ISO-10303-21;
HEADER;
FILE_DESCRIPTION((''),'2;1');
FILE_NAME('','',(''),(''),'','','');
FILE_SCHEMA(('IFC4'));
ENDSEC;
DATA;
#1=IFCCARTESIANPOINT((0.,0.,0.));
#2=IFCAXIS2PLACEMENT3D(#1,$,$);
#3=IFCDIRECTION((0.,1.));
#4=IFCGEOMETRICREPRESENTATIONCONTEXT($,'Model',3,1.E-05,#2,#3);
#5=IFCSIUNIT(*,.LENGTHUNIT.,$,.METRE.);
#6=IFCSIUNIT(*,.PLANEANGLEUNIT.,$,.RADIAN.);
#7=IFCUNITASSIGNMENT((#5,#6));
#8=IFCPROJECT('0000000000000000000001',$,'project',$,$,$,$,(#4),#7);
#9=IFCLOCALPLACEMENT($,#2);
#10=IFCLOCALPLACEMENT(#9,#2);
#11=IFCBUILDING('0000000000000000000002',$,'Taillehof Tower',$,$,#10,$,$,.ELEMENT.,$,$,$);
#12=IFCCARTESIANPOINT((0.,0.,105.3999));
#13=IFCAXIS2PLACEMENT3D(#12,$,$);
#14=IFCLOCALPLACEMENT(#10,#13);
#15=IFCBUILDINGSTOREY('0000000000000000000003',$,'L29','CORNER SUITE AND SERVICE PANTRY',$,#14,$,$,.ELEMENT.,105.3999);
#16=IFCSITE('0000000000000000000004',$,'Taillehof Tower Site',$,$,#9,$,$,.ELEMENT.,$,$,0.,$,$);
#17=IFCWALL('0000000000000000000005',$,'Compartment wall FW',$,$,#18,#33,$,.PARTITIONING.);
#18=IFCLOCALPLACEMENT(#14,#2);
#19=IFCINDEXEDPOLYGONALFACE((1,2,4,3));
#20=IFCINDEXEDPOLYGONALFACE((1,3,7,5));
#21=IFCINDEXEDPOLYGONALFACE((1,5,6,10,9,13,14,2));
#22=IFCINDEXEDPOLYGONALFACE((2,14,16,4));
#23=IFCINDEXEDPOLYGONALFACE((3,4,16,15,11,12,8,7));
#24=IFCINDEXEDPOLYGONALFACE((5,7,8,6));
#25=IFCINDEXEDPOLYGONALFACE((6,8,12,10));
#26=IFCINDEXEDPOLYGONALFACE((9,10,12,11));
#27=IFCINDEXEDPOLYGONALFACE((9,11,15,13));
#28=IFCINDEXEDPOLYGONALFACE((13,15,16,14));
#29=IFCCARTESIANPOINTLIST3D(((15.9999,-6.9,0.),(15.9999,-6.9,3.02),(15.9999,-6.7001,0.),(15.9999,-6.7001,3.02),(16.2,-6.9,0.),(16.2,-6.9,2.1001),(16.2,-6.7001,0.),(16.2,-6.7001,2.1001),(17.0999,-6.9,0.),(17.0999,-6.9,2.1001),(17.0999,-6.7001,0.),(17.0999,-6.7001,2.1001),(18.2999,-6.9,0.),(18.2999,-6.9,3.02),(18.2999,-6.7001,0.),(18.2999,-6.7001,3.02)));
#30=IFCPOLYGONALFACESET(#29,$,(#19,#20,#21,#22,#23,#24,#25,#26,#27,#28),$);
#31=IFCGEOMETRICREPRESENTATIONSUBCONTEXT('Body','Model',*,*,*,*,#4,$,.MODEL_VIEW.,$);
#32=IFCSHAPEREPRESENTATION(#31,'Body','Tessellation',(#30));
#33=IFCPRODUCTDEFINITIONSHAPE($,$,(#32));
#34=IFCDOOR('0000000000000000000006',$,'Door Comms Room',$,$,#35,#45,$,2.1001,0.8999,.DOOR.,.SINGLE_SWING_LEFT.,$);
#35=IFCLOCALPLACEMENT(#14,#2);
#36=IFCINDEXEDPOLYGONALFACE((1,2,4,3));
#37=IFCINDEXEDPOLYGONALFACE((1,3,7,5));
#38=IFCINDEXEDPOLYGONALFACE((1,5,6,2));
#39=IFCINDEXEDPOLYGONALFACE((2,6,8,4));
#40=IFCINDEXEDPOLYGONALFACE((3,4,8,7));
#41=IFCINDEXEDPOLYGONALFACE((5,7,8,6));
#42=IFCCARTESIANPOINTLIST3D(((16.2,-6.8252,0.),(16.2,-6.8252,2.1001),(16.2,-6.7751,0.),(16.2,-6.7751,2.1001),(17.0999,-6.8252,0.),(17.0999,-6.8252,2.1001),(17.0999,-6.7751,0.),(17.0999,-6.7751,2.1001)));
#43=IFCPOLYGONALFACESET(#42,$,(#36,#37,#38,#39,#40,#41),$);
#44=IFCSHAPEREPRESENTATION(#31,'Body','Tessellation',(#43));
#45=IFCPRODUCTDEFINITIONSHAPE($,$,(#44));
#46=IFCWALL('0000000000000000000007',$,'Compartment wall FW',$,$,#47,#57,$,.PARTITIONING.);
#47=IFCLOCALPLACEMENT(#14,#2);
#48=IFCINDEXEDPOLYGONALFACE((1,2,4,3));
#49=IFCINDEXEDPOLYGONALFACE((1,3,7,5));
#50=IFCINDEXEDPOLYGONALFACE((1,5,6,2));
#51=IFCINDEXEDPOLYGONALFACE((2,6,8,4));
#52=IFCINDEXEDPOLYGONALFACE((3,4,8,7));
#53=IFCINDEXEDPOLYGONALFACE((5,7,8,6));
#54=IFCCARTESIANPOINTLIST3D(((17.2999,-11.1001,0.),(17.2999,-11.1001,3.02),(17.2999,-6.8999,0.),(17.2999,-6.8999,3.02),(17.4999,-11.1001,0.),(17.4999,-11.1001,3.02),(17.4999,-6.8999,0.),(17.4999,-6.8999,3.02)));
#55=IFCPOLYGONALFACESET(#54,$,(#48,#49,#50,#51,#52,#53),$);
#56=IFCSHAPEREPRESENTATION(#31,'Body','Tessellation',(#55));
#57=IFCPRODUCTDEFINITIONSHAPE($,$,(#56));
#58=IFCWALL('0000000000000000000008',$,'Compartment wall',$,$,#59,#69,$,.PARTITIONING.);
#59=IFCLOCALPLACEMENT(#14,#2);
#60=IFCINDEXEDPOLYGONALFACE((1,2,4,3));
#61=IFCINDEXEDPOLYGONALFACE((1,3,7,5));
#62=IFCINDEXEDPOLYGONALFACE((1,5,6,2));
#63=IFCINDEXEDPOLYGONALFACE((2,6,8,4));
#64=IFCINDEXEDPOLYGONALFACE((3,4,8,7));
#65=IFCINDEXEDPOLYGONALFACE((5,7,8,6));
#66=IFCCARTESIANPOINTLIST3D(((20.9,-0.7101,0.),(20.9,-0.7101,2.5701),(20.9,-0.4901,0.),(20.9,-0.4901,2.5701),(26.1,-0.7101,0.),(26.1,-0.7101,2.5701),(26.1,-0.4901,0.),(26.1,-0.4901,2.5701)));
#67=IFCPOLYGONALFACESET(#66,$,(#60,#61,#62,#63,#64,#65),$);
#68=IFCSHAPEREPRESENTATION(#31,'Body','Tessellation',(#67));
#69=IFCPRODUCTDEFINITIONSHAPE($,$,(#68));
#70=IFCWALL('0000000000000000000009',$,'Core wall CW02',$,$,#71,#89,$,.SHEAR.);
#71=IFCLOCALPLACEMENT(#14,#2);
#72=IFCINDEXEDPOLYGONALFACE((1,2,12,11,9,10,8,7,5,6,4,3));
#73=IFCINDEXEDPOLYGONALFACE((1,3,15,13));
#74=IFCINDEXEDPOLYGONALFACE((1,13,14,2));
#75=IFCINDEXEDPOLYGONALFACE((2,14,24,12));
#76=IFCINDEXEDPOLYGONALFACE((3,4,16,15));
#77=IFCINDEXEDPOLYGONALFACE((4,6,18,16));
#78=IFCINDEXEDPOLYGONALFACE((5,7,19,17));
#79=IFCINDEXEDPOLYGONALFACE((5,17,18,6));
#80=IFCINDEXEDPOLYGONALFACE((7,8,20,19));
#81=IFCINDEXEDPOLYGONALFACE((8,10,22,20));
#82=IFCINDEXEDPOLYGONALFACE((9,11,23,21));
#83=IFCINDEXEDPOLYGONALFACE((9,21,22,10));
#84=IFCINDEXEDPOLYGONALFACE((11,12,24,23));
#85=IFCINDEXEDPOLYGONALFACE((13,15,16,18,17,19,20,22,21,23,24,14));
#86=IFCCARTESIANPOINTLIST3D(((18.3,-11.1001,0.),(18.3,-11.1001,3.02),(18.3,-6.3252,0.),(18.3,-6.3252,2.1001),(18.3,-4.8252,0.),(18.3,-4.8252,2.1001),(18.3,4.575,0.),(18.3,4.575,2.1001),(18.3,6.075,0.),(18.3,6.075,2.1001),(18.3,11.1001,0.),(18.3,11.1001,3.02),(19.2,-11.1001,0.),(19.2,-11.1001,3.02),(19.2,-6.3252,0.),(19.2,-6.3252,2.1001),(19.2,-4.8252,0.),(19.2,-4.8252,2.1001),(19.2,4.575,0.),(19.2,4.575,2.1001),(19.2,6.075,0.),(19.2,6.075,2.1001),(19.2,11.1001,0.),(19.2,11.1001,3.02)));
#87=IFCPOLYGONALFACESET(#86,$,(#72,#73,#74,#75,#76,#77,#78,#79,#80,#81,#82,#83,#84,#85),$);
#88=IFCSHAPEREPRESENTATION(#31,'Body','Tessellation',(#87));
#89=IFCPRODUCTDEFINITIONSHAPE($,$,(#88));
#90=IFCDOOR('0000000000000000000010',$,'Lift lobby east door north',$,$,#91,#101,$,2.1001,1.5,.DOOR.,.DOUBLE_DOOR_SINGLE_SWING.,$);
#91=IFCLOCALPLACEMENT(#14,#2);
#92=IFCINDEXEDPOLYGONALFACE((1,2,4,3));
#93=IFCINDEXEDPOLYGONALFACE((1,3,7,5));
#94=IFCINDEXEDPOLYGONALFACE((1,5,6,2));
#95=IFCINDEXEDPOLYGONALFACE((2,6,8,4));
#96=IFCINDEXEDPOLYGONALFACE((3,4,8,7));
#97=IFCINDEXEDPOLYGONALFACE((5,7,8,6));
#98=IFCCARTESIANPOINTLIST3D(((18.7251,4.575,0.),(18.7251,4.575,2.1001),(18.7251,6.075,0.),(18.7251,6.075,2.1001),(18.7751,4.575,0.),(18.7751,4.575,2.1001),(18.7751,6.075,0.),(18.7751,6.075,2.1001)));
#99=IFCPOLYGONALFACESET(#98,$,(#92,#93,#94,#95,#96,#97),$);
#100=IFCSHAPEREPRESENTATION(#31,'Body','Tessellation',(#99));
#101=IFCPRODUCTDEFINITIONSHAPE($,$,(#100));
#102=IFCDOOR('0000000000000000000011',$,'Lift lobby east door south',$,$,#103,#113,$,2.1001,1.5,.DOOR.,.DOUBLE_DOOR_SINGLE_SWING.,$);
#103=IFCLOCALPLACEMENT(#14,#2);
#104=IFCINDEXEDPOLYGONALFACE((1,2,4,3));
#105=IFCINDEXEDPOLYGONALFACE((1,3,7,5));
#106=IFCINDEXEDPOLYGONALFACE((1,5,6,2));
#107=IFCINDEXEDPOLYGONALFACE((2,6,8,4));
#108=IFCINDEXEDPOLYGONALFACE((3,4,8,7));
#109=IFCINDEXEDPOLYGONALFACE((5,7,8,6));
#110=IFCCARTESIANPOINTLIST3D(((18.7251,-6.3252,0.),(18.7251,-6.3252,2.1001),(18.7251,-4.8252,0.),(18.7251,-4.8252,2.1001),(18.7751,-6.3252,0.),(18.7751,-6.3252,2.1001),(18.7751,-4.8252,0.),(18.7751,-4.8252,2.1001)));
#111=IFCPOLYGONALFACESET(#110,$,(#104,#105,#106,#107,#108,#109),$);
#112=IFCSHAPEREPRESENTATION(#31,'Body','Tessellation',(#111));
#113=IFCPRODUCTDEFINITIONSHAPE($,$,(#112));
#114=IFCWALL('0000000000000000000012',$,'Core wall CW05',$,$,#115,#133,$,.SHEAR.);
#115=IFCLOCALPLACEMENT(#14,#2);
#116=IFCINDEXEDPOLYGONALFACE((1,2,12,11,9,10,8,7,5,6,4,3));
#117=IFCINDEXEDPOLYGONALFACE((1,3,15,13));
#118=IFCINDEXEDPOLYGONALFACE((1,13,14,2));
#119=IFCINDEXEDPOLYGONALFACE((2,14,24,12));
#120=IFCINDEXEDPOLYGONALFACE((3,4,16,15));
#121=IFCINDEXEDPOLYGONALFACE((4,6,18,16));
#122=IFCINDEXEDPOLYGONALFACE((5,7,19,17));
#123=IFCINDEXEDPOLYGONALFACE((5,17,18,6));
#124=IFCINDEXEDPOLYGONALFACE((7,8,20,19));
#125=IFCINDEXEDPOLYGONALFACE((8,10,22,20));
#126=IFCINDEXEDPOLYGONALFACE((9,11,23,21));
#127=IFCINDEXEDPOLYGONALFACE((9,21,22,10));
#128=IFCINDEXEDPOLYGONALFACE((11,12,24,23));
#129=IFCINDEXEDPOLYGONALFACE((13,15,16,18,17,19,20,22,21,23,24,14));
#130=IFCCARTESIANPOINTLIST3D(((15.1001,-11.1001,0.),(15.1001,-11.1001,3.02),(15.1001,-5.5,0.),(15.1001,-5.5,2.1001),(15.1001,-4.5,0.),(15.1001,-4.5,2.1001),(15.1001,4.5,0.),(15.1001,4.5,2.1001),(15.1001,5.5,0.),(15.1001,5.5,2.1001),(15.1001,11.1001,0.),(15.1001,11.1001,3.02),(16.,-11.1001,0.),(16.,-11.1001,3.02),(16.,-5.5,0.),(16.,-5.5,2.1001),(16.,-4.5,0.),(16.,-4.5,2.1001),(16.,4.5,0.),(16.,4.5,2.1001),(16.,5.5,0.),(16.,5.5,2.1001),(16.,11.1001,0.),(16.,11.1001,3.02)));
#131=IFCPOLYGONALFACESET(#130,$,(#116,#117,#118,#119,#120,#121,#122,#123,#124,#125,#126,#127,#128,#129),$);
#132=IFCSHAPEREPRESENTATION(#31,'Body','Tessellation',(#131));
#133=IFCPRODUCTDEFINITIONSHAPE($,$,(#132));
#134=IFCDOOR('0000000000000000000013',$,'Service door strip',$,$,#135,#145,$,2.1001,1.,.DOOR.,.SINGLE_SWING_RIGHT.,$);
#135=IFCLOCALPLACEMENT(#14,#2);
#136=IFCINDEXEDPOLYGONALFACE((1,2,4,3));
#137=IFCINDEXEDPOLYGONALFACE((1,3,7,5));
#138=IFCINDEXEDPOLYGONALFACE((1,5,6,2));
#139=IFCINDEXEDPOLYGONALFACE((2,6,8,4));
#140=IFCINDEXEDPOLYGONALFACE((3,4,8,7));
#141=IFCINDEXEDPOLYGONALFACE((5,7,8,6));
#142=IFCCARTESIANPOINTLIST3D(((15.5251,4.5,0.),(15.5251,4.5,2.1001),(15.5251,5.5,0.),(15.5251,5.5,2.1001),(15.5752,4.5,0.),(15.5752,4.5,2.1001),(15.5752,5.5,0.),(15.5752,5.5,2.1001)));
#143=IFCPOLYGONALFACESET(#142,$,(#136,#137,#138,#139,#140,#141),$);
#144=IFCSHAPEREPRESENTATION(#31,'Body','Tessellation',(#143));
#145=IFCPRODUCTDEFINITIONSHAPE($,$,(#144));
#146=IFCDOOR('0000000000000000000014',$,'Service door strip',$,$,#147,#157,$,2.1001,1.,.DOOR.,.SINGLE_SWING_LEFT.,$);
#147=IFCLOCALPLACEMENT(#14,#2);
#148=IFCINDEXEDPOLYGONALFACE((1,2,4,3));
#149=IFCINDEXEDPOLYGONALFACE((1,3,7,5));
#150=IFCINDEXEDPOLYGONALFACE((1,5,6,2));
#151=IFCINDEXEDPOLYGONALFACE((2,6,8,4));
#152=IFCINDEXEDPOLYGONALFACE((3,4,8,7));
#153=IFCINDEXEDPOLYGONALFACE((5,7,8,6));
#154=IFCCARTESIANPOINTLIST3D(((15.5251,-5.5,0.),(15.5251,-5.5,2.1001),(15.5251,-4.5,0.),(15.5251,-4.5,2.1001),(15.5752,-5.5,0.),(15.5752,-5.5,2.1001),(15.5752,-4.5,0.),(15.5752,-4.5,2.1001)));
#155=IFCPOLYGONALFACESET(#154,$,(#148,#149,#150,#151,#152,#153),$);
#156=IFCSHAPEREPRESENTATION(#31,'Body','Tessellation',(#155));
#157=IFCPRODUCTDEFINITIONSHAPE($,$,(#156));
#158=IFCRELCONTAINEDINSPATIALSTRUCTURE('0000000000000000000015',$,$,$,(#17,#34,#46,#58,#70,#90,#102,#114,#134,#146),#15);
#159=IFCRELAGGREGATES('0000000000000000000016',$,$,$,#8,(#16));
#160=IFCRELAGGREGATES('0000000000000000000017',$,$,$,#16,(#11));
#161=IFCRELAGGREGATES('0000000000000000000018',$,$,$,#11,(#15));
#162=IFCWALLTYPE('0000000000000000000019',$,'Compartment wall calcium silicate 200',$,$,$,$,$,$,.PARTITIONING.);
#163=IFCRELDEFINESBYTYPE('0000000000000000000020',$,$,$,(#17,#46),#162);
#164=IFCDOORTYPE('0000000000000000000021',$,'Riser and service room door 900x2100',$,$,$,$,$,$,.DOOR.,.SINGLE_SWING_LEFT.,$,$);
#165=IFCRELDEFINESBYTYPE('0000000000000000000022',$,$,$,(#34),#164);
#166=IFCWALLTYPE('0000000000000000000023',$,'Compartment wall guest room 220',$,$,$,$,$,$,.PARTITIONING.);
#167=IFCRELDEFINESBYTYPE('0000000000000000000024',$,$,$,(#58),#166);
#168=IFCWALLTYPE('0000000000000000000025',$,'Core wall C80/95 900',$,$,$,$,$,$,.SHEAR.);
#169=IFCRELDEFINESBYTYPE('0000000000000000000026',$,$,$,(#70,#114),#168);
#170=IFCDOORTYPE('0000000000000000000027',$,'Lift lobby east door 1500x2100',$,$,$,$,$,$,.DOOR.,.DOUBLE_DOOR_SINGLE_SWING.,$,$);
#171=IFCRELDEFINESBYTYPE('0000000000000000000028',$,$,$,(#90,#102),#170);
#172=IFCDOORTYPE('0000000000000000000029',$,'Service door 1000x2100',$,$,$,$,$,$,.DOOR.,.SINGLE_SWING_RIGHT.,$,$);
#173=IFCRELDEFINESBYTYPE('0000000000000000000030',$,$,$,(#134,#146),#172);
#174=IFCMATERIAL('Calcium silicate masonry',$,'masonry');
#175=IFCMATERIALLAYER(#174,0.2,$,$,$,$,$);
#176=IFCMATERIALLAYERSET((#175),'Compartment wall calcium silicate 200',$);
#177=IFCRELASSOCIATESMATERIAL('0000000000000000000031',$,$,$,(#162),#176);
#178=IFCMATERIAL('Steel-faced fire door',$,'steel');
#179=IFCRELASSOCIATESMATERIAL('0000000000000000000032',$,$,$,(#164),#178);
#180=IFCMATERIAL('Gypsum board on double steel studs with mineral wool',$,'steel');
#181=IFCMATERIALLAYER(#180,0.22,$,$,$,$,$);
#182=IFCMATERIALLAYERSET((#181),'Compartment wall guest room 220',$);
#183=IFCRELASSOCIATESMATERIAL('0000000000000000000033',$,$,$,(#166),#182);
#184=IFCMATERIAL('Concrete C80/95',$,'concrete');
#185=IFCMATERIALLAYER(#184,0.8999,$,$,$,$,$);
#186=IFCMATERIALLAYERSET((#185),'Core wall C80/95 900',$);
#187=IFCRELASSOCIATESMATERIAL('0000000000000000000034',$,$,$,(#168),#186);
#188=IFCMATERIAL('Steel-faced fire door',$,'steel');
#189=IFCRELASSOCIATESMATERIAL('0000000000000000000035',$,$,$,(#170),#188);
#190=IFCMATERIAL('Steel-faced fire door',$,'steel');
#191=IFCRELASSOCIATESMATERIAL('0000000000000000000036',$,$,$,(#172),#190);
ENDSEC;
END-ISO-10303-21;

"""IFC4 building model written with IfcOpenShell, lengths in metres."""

from ifc_helpers import new_model, si_unit, direction, frame, frame_2d, origin, place, context, subcontext, project, spatial, rectangle, extrude, material, layer, layer_set, type_object, element, fill, save


model = new_model("IFC4")

# Units and contexts
model_context = context("Model", 3, precision=1e-05, world=origin(), true_north=direction((0.0, 1.0)))
body_context = subcontext(model_context, "Body", "Model", "MODEL_VIEW")
ifc_project = project(units=[si_unit("LENGTHUNIT", "METRE"), si_unit("PLANEANGLEUNIT", "RADIAN")], contexts=[model_context])

# Site, building, storey
site_placement = place(None, origin())
site = spatial("IfcSite", under=ifc_project, at=site_placement, Name="Taillehof Tower Site", CompositionType="ELEMENT", RefElevation=0.0)
building_placement = place(site_placement, origin())
building = spatial("IfcBuilding", under=site, at=building_placement, Name="Taillehof Tower", CompositionType="ELEMENT")
storey_placement = place(building_placement, frame((0.0, 0.0, 105.3999)))
storey = spatial("IfcBuildingStorey", under=building, at=storey_placement, Name="L29", Description="CORNER SUITE AND SERVICE PANTRY", CompositionType="ELEMENT", Elevation=105.3999)

# Shared definitions
ifc_material_1 = material(Name="Calcium silicate masonry", Category="masonry")
ifc_layer_1 = layer(ifc_material_1, 0.2)
ifc_layer_set_1 = layer_set([ifc_layer_1], Name="Compartment wall calcium silicate 200")
wall_type_1 = type_object("IfcWallType", Name="Compartment wall calcium silicate 200", PredefinedType="PARTITIONING", material=ifc_layer_set_1)

# Wall, opening, door
wall_1_placement = place(storey_placement, frame((16.0, -6.8, 0.0), z_axis=(0.0, 0.0, 1.0), x_axis=(1.0, 0.0, 0.0)))
wall_1 = element("IfcWall", 1, at=wall_1_placement, inside=storey, type_object=wall_type_1, Name="Compartment wall FW", PredefinedType="PARTITIONING", context=body_context, shape_type="SweptSolid", body=[
    extrude(rectangle(XDim=2.3, YDim=0.2, at=frame_2d((1.1499, 0.0))), origin(), (0.0, 0.0, 1.0), 3.02),
])
opening_1_placement = place(wall_1_placement, frame((0.2, 0.0, 0.0)))
opening_1 = element("IfcOpeningElement", 2, at=opening_1_placement, cuts=wall_1, PredefinedType="OPENING", context=body_context, shape_type="SweptSolid", body=[
    extrude(rectangle(XDim=0.8999, YDim=2.1001, at=frame_2d((0.45, 1.05))), frame((0.0, 0.1099, 0.0), z_axis=(0.0, -1.0, 0.0), x_axis=(1.0, 0.0, 0.0)), (0.0, 0.0, 1.0), 0.22),
])
ifc_material_2 = material(Name="Steel-faced fire door", Category="steel")
door_type_1 = type_object("IfcDoorType", Name="Riser and service room door 900x2100", OperationType="SINGLE_SWING_LEFT", PredefinedType="DOOR", material=ifc_material_2)
door_1_placement = place(opening_1_placement, origin())
door_1 = element("IfcDoor", 3, at=door_1_placement, inside=storey, type_object=door_type_1, Name="Door Comms Room", OperationType="SINGLE_SWING_LEFT", OverallHeight=2.1001, OverallWidth=0.8999, PredefinedType="DOOR", context=body_context, shape_type="SweptSolid", body=[
    extrude(rectangle(XDim=0.8999, YDim=2.1001, at=frame_2d((0.45, 1.05))), frame((0.0, 0.0249, 0.0), z_axis=(0.0, -1.0, 0.0), x_axis=(1.0, 0.0, 0.0)), (0.0, 0.0, 1.0), 0.05),
])
fill(opening_1, door_1)

# Walls
wall_2_placement = place(storey_placement, frame((17.3999, -11.1001, 0.0), z_axis=(0.0, 0.0, 1.0), x_axis=(0.0, 1.0, 0.0)))
element("IfcWall", 4, at=wall_2_placement, inside=storey, type_object=wall_type_1, Name="Compartment wall FW", PredefinedType="PARTITIONING", context=body_context, shape_type="SweptSolid", body=[
    extrude(rectangle(XDim=4.2002, YDim=0.2, at=frame_2d((2.1001, 0.0))), origin(), (0.0, 0.0, 1.0), 3.02),
])
ifc_material_3 = material(Name="Gypsum board on double steel studs with mineral wool", Category="steel")
ifc_layer_2 = layer(ifc_material_3, 0.22)
ifc_layer_set_2 = layer_set([ifc_layer_2], Name="Compartment wall guest room 220")
wall_type_2 = type_object("IfcWallType", Name="Compartment wall guest room 220", PredefinedType="PARTITIONING", material=ifc_layer_set_2)
wall_3_placement = place(storey_placement, frame((26.1001, -0.6001, 0.0), z_axis=(0.0, 0.0, 1.0), x_axis=(-1.0, 0.0, 0.0)))
element("IfcWall", 5, at=wall_3_placement, inside=storey, type_object=wall_type_2, Name="Compartment wall", PredefinedType="PARTITIONING", context=body_context, shape_type="SweptSolid", body=[
    extrude(rectangle(XDim=5.2, YDim=0.22, at=frame_2d((2.6001, 0.0))), origin(), (0.0, 0.0, 1.0), 2.5701),
])

# Walls, openings, doors
ifc_material_4 = material(Name="Concrete C80/95", Category="concrete")
ifc_layer_3 = layer(ifc_material_4, 0.8999)
ifc_layer_set_3 = layer_set([ifc_layer_3], Name="Core wall C80/95 900")
wall_type_3 = type_object("IfcWallType", Name="Core wall C80/95 900", PredefinedType="SHEAR", material=ifc_layer_set_3)
wall_4_placement = place(storey_placement, frame((18.75, -11.1001, 0.0), z_axis=(0.0, 0.0, 1.0), x_axis=(0.0, 1.0, 0.0)))
wall_4 = element("IfcWall", 6, at=wall_4_placement, inside=storey, type_object=wall_type_3, Name="Core wall CW02", PredefinedType="SHEAR", context=body_context, shape_type="SweptSolid", body=[
    extrude(rectangle(XDim=22.2002, YDim=0.8999, at=frame_2d((11.1001, 0.0))), origin(), (0.0, 0.0, 1.0), 3.02),
])
opening_2_placement = place(wall_4_placement, frame((15.675, 0.0, 0.0)))
opening_2 = element("IfcOpeningElement", 7, at=opening_2_placement, cuts=wall_4, PredefinedType="OPENING", context=body_context, shape_type="SweptSolid", body=[
    extrude(rectangle(XDim=1.5, YDim=2.1001, at=frame_2d((0.75, 1.05))), frame((0.0, 0.46, 0.0), z_axis=(0.0, -1.0, 0.0), x_axis=(1.0, 0.0, 0.0)), (0.0, 0.0, 1.0), 0.9199),
])
opening_3_placement = place(wall_4_placement, frame((4.7749, 0.0, 0.0)))
opening_3 = element("IfcOpeningElement", 8, at=opening_3_placement, cuts=wall_4, PredefinedType="OPENING", context=body_context, shape_type="SweptSolid", body=[
    extrude(rectangle(XDim=1.5, YDim=2.1001, at=frame_2d((0.75, 1.05))), frame((0.0, 0.46, 0.0), z_axis=(0.0, -1.0, 0.0), x_axis=(1.0, 0.0, 0.0)), (0.0, 0.0, 1.0), 0.9199),
])
ifc_material_5 = material(Name="Steel-faced fire door", Category="steel")
door_type_2 = type_object("IfcDoorType", Name="Lift lobby east door 1500x2100", OperationType="DOUBLE_DOOR_SINGLE_SWING", PredefinedType="DOOR", material=ifc_material_5)
door_2_placement = place(opening_2_placement, origin())
door_2 = element("IfcDoor", 9, at=door_2_placement, inside=storey, type_object=door_type_2, Name="Lift lobby east door north", OperationType="DOUBLE_DOOR_SINGLE_SWING", OverallHeight=2.1001, OverallWidth=1.5, PredefinedType="DOOR", context=body_context, shape_type="SweptSolid", body=[
    extrude(rectangle(XDim=1.5, YDim=2.1001, at=frame_2d((0.75, 1.05))), frame((0.0, 0.0249, 0.0), z_axis=(0.0, -1.0, 0.0), x_axis=(1.0, 0.0, 0.0)), (0.0, 0.0, 1.0), 0.05),
])
fill(opening_2, door_2)
door_3_placement = place(opening_3_placement, origin())
door_3 = element("IfcDoor", 10, at=door_3_placement, inside=storey, type_object=door_type_2, Name="Lift lobby east door south", OperationType="DOUBLE_DOOR_SINGLE_SWING", OverallHeight=2.1001, OverallWidth=1.5, PredefinedType="DOOR", context=body_context, shape_type="SweptSolid", body=[
    extrude(rectangle(XDim=1.5, YDim=2.1001, at=frame_2d((0.75, 1.05))), frame((0.0, 0.0249, 0.0), z_axis=(0.0, -1.0, 0.0), x_axis=(1.0, 0.0, 0.0)), (0.0, 0.0, 1.0), 0.05),
])
fill(opening_3, door_3)
wall_5_placement = place(storey_placement, frame((15.55, -11.1001, 0.0), z_axis=(0.0, 0.0, 1.0), x_axis=(0.0, 1.0, 0.0)))
wall_5 = element("IfcWall", 11, at=wall_5_placement, inside=storey, type_object=wall_type_3, Name="Core wall CW05", PredefinedType="SHEAR", context=body_context, shape_type="SweptSolid", body=[
    extrude(rectangle(XDim=22.2002, YDim=0.8999, at=frame_2d((11.1001, 0.0))), origin(), (0.0, 0.0, 1.0), 3.02),
])
opening_4_placement = place(wall_5_placement, frame((15.6001, 0.0, 0.0)))
opening_4 = element("IfcOpeningElement", 12, at=opening_4_placement, cuts=wall_5, PredefinedType="OPENING", context=body_context, shape_type="SweptSolid", body=[
    extrude(rectangle(XDim=1.0, YDim=2.1001, at=frame_2d((0.5, 1.05))), frame((0.0, 0.46, 0.0), z_axis=(0.0, -1.0, 0.0), x_axis=(1.0, 0.0, 0.0)), (0.0, 0.0, 1.0), 0.9199),
])
opening_5_placement = place(wall_5_placement, frame((5.6001, 0.0, 0.0)))
opening_5 = element("IfcOpeningElement", 13, at=opening_5_placement, cuts=wall_5, PredefinedType="OPENING", context=body_context, shape_type="SweptSolid", body=[
    extrude(rectangle(XDim=1.0, YDim=2.1001, at=frame_2d((0.5, 1.05))), frame((0.0, 0.46, 0.0), z_axis=(0.0, -1.0, 0.0), x_axis=(1.0, 0.0, 0.0)), (0.0, 0.0, 1.0), 0.9199),
])
ifc_material_6 = material(Name="Steel-faced fire door", Category="steel")
door_type_3 = type_object("IfcDoorType", Name="Service door 1000x2100", OperationType="SINGLE_SWING_RIGHT", PredefinedType="DOOR", material=ifc_material_6)
door_4_placement = place(opening_4_placement, origin())
door_4 = element("IfcDoor", 14, at=door_4_placement, inside=storey, type_object=door_type_3, Name="Service door strip", OperationType="SINGLE_SWING_RIGHT", OverallHeight=2.1001, OverallWidth=1.0, PredefinedType="DOOR", context=body_context, shape_type="SweptSolid", body=[
    extrude(rectangle(XDim=1.0, YDim=2.1001, at=frame_2d((0.5, 1.05))), frame((0.0, 0.0249, 0.0), z_axis=(0.0, -1.0, 0.0), x_axis=(1.0, 0.0, 0.0)), (0.0, 0.0, 1.0), 0.05),
])
fill(opening_4, door_4)
door_5_placement = place(opening_5_placement, origin())
door_5 = element("IfcDoor", 15, at=door_5_placement, inside=storey, type_object=door_type_3, Name="Service door strip", OperationType="SINGLE_SWING_LEFT", OverallHeight=2.1001, OverallWidth=1.0, PredefinedType="DOOR", context=body_context, shape_type="SweptSolid", body=[
    extrude(rectangle(XDim=1.0, YDim=2.1001, at=frame_2d((0.5, 1.05))), frame((0.0, 0.0249, 0.0), z_axis=(0.0, -1.0, 0.0), x_axis=(1.0, 0.0, 0.0)), (0.0, 0.0, 1.0), 0.05),
])
fill(opening_5, door_5)

save(model, "model.ifc")
